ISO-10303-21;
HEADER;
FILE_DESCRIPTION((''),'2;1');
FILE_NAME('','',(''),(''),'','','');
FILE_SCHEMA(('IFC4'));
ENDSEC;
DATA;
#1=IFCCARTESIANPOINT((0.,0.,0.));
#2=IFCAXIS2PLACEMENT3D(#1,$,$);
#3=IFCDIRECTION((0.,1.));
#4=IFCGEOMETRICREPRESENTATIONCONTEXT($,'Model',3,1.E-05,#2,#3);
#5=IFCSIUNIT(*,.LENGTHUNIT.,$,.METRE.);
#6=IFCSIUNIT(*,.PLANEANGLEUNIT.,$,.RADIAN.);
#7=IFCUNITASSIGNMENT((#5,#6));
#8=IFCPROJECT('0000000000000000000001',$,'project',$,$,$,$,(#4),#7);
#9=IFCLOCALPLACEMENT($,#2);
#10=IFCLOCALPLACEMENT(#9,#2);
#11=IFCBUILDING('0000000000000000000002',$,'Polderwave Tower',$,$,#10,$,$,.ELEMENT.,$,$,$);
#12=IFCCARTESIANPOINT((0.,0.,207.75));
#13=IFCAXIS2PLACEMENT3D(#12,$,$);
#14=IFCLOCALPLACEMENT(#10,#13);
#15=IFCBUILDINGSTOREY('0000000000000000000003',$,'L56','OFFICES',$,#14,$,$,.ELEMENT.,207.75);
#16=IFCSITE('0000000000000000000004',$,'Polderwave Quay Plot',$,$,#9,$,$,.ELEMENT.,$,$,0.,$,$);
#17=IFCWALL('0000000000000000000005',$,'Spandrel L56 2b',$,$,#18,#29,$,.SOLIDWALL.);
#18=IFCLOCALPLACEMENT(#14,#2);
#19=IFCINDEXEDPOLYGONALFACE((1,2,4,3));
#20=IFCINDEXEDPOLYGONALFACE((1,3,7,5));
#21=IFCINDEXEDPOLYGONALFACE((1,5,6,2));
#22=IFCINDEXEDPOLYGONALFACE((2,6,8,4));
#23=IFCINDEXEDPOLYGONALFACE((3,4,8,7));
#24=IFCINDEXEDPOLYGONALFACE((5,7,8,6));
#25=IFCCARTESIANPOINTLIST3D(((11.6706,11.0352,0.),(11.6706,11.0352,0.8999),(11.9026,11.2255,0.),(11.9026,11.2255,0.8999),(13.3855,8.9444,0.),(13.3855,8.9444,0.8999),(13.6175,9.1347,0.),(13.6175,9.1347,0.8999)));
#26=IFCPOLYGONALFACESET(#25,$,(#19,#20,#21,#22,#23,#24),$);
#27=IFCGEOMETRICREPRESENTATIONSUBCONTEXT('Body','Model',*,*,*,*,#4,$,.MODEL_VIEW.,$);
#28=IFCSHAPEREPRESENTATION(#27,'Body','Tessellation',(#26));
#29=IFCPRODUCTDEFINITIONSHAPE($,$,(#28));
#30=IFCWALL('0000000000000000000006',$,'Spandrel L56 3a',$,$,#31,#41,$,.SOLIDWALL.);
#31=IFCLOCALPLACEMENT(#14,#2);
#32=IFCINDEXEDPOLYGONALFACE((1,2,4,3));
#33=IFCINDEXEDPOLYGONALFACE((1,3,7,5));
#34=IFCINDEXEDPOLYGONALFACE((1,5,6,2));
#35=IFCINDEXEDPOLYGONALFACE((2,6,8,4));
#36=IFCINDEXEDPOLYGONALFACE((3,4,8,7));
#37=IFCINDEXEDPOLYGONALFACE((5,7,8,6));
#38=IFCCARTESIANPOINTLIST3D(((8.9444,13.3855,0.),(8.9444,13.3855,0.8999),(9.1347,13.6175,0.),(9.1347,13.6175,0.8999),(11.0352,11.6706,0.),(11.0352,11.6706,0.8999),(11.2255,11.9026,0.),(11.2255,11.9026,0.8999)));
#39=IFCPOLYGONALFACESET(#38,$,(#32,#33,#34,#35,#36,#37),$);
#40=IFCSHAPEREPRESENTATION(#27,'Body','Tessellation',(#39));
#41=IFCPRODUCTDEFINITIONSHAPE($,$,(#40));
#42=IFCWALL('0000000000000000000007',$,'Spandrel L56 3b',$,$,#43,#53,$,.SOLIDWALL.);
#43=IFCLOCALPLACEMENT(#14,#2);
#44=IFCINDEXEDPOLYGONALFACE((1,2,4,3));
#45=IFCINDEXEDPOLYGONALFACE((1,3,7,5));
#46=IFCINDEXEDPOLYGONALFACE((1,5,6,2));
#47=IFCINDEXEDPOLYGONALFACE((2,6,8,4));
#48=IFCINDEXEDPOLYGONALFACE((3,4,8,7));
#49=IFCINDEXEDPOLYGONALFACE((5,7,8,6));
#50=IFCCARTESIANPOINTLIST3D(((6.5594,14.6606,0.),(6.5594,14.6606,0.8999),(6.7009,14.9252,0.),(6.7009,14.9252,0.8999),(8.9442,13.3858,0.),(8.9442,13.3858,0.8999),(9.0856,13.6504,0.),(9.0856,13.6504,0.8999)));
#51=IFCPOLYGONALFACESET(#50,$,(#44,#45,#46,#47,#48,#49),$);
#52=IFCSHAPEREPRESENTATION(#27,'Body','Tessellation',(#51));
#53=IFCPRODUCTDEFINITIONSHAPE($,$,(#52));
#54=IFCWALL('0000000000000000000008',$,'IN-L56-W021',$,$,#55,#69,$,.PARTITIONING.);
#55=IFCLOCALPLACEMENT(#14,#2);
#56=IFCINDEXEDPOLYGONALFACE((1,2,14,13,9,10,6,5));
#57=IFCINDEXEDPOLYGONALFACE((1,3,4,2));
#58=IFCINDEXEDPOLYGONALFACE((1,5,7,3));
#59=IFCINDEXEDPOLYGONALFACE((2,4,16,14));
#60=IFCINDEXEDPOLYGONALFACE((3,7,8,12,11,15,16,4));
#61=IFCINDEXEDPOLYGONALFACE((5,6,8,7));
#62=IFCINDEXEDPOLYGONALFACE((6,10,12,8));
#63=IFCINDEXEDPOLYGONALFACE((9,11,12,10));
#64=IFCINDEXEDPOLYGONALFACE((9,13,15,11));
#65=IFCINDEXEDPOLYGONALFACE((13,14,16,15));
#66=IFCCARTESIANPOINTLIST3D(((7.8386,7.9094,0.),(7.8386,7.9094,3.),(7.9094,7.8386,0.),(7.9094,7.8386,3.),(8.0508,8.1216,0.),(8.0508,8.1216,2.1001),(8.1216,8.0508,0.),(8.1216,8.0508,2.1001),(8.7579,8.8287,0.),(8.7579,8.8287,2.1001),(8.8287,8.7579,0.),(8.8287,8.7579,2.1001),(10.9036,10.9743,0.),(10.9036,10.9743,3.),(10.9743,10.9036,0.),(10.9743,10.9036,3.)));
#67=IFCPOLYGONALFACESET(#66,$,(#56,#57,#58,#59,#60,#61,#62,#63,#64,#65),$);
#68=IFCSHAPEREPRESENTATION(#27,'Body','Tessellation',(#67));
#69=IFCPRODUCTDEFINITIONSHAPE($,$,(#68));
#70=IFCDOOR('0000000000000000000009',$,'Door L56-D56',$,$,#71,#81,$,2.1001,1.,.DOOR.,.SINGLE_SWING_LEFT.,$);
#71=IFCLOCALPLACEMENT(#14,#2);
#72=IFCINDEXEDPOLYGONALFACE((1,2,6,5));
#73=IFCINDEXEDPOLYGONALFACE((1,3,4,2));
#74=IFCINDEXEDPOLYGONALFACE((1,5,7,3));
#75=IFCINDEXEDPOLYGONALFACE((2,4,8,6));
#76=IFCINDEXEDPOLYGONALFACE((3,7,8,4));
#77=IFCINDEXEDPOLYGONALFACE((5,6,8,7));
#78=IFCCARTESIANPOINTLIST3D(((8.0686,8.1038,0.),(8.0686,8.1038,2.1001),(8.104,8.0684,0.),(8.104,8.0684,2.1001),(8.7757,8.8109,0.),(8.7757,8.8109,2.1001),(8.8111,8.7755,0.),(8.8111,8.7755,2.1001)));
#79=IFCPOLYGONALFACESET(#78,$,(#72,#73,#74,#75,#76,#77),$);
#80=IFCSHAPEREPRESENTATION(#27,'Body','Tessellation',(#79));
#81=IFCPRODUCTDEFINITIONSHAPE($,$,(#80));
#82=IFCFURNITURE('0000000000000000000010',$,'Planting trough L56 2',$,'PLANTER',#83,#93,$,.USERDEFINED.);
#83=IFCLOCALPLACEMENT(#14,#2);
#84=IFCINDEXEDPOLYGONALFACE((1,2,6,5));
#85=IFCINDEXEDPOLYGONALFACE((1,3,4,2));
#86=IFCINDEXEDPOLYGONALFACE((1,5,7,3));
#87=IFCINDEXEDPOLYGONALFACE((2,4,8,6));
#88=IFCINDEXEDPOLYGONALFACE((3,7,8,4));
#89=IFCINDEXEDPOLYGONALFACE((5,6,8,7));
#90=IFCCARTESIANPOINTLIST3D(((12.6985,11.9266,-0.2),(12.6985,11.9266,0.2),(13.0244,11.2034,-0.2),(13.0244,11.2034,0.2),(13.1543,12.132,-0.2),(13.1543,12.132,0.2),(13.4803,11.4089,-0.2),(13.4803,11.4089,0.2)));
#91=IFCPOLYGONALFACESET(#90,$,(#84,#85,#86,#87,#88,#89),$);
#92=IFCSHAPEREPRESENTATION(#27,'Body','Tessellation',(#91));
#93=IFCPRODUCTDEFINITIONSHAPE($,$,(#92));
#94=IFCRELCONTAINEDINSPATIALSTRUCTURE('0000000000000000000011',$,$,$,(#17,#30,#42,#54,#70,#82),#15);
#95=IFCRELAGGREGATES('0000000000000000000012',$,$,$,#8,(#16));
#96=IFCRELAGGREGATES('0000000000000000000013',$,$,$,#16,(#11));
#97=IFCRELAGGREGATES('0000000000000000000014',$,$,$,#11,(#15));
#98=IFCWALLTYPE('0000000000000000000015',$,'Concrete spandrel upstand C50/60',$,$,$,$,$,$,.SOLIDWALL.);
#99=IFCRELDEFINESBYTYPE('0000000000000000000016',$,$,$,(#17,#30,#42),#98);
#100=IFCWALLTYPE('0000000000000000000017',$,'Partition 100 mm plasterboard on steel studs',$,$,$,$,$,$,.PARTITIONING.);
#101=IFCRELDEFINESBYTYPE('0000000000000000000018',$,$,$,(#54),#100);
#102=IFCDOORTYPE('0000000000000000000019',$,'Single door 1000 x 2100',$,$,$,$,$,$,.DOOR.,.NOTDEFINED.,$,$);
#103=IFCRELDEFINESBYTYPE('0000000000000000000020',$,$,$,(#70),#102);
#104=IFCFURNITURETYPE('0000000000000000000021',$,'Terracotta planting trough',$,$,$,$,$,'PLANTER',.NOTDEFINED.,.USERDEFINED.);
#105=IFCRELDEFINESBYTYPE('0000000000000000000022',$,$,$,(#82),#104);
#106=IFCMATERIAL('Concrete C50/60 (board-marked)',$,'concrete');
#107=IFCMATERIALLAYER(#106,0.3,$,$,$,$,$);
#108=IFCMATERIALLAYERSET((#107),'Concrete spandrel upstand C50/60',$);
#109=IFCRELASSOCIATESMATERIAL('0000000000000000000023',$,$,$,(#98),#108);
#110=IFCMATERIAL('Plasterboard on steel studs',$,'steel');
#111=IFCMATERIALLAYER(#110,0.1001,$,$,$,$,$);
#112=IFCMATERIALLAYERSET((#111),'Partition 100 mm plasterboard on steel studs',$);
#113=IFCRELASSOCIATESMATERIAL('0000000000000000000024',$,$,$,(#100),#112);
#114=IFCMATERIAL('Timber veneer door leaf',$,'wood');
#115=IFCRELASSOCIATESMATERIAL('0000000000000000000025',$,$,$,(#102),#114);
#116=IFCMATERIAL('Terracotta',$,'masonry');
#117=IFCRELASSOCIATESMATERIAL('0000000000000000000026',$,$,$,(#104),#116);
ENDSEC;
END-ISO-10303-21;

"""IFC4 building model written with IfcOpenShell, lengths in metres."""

from ifc_helpers import new_model, si_unit, direction, frame, frame_2d, origin, origin_2d, place, context, subcontext, project, spatial, rectangle, extrude, material, layer, layer_set, type_object, element, fill, save


model = new_model("IFC4")

# Units and contexts
model_context = context("Model", 3, precision=1e-05, world=origin(), true_north=direction((0.0, 1.0)))
body_context = subcontext(model_context, "Body", "Model", "MODEL_VIEW")
ifc_project = project(units=[si_unit("LENGTHUNIT", "METRE"), si_unit("PLANEANGLEUNIT", "RADIAN")], contexts=[model_context])

# Site, building, storey
site_placement = place(None, origin())
site = spatial("IfcSite", under=ifc_project, at=site_placement, Name="Polderwave Quay Plot", CompositionType="ELEMENT", RefElevation=0.0)
building_placement = place(site_placement, origin())
building = spatial("IfcBuilding", under=site, at=building_placement, Name="Polderwave Tower", CompositionType="ELEMENT")
storey_placement = place(building_placement, frame((0.0, 0.0, 207.75)))
storey = spatial("IfcBuildingStorey", under=building, at=storey_placement, Name="L56", Description="OFFICES", CompositionType="ELEMENT", Elevation=207.75)

# Walls
ifc_material_1 = material(Name="Concrete C50/60 (board-marked)", Category="concrete")
ifc_layer_1 = layer(ifc_material_1, 0.3)
ifc_layer_set_1 = layer_set([ifc_layer_1], Name="Concrete spandrel upstand C50/60")
wall_type_1 = type_object("IfcWallType", Name="Concrete spandrel upstand C50/60", PredefinedType="SOLIDWALL", material=ifc_layer_set_1)
for number, where, z_axis, x_axis, name in (
    (1, (13.5015, 9.0396, 0.0), (0.0, 0.0, 1.0), (-0.634162, 0.7732, 0.0), "Spandrel L56 2b"),
    (2, (11.1304, 11.7866, 0.0), (0.0, 0.0, 1.0), (-0.7732, 0.634162, 0.0), "Spandrel L56 3a"),
    (3, (9.0149, 13.5181, 0.0), (0.0, 0.0, 1.0), (-0.881888, 0.47146, 0.0), "Spandrel L56 3b"),
):
    element("IfcWall", number, at=place(storey_placement, frame(where, z_axis=z_axis, x_axis=x_axis)), inside=storey, type_object=wall_type_1, Name=name, PredefinedType="SOLIDWALL", context=body_context, shape_type="SweptSolid", body=[
        extrude(rectangle(XDim=2.7041, YDim=0.3, at=frame_2d((1.3521, 0.0))), origin(), (0.0, 0.0, 1.0), 0.8999),
    ])

# Wall, opening, door
ifc_material_2 = material(Name="Plasterboard on steel studs", Category="steel")
ifc_layer_2 = layer(ifc_material_2, 0.1001)
ifc_layer_set_2 = layer_set([ifc_layer_2], Name="Partition 100 mm plasterboard on steel studs")
wall_type_2 = type_object("IfcWallType", Name="Partition 100 mm plasterboard on steel studs", PredefinedType="PARTITIONING", material=ifc_layer_set_2)
wall_placement = place(storey_placement, frame((7.874, 7.874, 0.0), z_axis=(0.0, 0.0, 1.0), x_axis=(0.707107, 0.707107, 0.0)))
wall = element("IfcWall", 4, at=wall_placement, inside=storey, type_object=wall_type_2, Name="IN-L56-W021", PredefinedType="PARTITIONING", context=body_context, shape_type="SweptSolid", body=[
    extrude(rectangle(XDim=4.3345, YDim=0.1001, at=frame_2d((2.1672, 0.0))), origin(), (0.0, 0.0, 1.0), 3.0),
])
opening_placement = place(wall_placement, frame((0.3, 0.0, 0.0)))
opening = element("IfcOpeningElement", 5, at=opening_placement, cuts=wall, PredefinedType="OPENING", context=body_context, shape_type="SweptSolid", body=[
    extrude(rectangle(XDim=1.0, YDim=2.1001, at=frame_2d((0.5, 1.05))), frame((0.0, 0.0601, 0.0), z_axis=(0.0, -1.0, 0.0), x_axis=(1.0, 0.0, 0.0)), (0.0, 0.0, 1.0), 0.1201),
])
ifc_material_3 = material(Name="Timber veneer door leaf", Category="wood")
door_type = type_object("IfcDoorType", Name="Single door 1000 x 2100", OperationType="NOTDEFINED", PredefinedType="DOOR", material=ifc_material_3)
door_placement = place(opening_placement, origin())
door = element("IfcDoor", 6, at=door_placement, inside=storey, type_object=door_type, Name="Door L56-D56", OperationType="SINGLE_SWING_LEFT", OverallHeight=2.1001, OverallWidth=1.0, PredefinedType="DOOR", context=body_context, shape_type="SweptSolid", body=[
    extrude(rectangle(XDim=1.0, YDim=2.1001, at=frame_2d((0.5, 1.05))), frame((0.0, 0.0249, 0.0), z_axis=(0.0, -1.0, 0.0), x_axis=(1.0, 0.0, 0.0)), (0.0, 0.0, 1.0), 0.05),
])
fill(opening, door)

# Furniture
ifc_material_4 = material(Name="Terracotta", Category="masonry")
furniture_type = type_object("IfcFurnitureType", Name="Terracotta planting trough", ElementType="PLANTER", AssemblyPlace="NOTDEFINED", PredefinedType="USERDEFINED", material=ifc_material_4)
furniture_placement = place(storey_placement, frame((13.0894, 11.6677, -0.2), z_axis=(0.0, 0.0, 1.0), x_axis=(-0.410964, 0.911652, 0.0)))
element("IfcFurniture", 7, at=furniture_placement, inside=storey, type_object=furniture_type, Name="Planting trough L56 2", ObjectType="PLANTER", PredefinedType="USERDEFINED", context=body_context, shape_type="SweptSolid", body=[
    extrude(rectangle(XDim=0.7932, YDim=0.5, at=origin_2d()), origin(), (0.0, 0.0, 1.0), 0.3999),
])

save(model, "model.ifc")
